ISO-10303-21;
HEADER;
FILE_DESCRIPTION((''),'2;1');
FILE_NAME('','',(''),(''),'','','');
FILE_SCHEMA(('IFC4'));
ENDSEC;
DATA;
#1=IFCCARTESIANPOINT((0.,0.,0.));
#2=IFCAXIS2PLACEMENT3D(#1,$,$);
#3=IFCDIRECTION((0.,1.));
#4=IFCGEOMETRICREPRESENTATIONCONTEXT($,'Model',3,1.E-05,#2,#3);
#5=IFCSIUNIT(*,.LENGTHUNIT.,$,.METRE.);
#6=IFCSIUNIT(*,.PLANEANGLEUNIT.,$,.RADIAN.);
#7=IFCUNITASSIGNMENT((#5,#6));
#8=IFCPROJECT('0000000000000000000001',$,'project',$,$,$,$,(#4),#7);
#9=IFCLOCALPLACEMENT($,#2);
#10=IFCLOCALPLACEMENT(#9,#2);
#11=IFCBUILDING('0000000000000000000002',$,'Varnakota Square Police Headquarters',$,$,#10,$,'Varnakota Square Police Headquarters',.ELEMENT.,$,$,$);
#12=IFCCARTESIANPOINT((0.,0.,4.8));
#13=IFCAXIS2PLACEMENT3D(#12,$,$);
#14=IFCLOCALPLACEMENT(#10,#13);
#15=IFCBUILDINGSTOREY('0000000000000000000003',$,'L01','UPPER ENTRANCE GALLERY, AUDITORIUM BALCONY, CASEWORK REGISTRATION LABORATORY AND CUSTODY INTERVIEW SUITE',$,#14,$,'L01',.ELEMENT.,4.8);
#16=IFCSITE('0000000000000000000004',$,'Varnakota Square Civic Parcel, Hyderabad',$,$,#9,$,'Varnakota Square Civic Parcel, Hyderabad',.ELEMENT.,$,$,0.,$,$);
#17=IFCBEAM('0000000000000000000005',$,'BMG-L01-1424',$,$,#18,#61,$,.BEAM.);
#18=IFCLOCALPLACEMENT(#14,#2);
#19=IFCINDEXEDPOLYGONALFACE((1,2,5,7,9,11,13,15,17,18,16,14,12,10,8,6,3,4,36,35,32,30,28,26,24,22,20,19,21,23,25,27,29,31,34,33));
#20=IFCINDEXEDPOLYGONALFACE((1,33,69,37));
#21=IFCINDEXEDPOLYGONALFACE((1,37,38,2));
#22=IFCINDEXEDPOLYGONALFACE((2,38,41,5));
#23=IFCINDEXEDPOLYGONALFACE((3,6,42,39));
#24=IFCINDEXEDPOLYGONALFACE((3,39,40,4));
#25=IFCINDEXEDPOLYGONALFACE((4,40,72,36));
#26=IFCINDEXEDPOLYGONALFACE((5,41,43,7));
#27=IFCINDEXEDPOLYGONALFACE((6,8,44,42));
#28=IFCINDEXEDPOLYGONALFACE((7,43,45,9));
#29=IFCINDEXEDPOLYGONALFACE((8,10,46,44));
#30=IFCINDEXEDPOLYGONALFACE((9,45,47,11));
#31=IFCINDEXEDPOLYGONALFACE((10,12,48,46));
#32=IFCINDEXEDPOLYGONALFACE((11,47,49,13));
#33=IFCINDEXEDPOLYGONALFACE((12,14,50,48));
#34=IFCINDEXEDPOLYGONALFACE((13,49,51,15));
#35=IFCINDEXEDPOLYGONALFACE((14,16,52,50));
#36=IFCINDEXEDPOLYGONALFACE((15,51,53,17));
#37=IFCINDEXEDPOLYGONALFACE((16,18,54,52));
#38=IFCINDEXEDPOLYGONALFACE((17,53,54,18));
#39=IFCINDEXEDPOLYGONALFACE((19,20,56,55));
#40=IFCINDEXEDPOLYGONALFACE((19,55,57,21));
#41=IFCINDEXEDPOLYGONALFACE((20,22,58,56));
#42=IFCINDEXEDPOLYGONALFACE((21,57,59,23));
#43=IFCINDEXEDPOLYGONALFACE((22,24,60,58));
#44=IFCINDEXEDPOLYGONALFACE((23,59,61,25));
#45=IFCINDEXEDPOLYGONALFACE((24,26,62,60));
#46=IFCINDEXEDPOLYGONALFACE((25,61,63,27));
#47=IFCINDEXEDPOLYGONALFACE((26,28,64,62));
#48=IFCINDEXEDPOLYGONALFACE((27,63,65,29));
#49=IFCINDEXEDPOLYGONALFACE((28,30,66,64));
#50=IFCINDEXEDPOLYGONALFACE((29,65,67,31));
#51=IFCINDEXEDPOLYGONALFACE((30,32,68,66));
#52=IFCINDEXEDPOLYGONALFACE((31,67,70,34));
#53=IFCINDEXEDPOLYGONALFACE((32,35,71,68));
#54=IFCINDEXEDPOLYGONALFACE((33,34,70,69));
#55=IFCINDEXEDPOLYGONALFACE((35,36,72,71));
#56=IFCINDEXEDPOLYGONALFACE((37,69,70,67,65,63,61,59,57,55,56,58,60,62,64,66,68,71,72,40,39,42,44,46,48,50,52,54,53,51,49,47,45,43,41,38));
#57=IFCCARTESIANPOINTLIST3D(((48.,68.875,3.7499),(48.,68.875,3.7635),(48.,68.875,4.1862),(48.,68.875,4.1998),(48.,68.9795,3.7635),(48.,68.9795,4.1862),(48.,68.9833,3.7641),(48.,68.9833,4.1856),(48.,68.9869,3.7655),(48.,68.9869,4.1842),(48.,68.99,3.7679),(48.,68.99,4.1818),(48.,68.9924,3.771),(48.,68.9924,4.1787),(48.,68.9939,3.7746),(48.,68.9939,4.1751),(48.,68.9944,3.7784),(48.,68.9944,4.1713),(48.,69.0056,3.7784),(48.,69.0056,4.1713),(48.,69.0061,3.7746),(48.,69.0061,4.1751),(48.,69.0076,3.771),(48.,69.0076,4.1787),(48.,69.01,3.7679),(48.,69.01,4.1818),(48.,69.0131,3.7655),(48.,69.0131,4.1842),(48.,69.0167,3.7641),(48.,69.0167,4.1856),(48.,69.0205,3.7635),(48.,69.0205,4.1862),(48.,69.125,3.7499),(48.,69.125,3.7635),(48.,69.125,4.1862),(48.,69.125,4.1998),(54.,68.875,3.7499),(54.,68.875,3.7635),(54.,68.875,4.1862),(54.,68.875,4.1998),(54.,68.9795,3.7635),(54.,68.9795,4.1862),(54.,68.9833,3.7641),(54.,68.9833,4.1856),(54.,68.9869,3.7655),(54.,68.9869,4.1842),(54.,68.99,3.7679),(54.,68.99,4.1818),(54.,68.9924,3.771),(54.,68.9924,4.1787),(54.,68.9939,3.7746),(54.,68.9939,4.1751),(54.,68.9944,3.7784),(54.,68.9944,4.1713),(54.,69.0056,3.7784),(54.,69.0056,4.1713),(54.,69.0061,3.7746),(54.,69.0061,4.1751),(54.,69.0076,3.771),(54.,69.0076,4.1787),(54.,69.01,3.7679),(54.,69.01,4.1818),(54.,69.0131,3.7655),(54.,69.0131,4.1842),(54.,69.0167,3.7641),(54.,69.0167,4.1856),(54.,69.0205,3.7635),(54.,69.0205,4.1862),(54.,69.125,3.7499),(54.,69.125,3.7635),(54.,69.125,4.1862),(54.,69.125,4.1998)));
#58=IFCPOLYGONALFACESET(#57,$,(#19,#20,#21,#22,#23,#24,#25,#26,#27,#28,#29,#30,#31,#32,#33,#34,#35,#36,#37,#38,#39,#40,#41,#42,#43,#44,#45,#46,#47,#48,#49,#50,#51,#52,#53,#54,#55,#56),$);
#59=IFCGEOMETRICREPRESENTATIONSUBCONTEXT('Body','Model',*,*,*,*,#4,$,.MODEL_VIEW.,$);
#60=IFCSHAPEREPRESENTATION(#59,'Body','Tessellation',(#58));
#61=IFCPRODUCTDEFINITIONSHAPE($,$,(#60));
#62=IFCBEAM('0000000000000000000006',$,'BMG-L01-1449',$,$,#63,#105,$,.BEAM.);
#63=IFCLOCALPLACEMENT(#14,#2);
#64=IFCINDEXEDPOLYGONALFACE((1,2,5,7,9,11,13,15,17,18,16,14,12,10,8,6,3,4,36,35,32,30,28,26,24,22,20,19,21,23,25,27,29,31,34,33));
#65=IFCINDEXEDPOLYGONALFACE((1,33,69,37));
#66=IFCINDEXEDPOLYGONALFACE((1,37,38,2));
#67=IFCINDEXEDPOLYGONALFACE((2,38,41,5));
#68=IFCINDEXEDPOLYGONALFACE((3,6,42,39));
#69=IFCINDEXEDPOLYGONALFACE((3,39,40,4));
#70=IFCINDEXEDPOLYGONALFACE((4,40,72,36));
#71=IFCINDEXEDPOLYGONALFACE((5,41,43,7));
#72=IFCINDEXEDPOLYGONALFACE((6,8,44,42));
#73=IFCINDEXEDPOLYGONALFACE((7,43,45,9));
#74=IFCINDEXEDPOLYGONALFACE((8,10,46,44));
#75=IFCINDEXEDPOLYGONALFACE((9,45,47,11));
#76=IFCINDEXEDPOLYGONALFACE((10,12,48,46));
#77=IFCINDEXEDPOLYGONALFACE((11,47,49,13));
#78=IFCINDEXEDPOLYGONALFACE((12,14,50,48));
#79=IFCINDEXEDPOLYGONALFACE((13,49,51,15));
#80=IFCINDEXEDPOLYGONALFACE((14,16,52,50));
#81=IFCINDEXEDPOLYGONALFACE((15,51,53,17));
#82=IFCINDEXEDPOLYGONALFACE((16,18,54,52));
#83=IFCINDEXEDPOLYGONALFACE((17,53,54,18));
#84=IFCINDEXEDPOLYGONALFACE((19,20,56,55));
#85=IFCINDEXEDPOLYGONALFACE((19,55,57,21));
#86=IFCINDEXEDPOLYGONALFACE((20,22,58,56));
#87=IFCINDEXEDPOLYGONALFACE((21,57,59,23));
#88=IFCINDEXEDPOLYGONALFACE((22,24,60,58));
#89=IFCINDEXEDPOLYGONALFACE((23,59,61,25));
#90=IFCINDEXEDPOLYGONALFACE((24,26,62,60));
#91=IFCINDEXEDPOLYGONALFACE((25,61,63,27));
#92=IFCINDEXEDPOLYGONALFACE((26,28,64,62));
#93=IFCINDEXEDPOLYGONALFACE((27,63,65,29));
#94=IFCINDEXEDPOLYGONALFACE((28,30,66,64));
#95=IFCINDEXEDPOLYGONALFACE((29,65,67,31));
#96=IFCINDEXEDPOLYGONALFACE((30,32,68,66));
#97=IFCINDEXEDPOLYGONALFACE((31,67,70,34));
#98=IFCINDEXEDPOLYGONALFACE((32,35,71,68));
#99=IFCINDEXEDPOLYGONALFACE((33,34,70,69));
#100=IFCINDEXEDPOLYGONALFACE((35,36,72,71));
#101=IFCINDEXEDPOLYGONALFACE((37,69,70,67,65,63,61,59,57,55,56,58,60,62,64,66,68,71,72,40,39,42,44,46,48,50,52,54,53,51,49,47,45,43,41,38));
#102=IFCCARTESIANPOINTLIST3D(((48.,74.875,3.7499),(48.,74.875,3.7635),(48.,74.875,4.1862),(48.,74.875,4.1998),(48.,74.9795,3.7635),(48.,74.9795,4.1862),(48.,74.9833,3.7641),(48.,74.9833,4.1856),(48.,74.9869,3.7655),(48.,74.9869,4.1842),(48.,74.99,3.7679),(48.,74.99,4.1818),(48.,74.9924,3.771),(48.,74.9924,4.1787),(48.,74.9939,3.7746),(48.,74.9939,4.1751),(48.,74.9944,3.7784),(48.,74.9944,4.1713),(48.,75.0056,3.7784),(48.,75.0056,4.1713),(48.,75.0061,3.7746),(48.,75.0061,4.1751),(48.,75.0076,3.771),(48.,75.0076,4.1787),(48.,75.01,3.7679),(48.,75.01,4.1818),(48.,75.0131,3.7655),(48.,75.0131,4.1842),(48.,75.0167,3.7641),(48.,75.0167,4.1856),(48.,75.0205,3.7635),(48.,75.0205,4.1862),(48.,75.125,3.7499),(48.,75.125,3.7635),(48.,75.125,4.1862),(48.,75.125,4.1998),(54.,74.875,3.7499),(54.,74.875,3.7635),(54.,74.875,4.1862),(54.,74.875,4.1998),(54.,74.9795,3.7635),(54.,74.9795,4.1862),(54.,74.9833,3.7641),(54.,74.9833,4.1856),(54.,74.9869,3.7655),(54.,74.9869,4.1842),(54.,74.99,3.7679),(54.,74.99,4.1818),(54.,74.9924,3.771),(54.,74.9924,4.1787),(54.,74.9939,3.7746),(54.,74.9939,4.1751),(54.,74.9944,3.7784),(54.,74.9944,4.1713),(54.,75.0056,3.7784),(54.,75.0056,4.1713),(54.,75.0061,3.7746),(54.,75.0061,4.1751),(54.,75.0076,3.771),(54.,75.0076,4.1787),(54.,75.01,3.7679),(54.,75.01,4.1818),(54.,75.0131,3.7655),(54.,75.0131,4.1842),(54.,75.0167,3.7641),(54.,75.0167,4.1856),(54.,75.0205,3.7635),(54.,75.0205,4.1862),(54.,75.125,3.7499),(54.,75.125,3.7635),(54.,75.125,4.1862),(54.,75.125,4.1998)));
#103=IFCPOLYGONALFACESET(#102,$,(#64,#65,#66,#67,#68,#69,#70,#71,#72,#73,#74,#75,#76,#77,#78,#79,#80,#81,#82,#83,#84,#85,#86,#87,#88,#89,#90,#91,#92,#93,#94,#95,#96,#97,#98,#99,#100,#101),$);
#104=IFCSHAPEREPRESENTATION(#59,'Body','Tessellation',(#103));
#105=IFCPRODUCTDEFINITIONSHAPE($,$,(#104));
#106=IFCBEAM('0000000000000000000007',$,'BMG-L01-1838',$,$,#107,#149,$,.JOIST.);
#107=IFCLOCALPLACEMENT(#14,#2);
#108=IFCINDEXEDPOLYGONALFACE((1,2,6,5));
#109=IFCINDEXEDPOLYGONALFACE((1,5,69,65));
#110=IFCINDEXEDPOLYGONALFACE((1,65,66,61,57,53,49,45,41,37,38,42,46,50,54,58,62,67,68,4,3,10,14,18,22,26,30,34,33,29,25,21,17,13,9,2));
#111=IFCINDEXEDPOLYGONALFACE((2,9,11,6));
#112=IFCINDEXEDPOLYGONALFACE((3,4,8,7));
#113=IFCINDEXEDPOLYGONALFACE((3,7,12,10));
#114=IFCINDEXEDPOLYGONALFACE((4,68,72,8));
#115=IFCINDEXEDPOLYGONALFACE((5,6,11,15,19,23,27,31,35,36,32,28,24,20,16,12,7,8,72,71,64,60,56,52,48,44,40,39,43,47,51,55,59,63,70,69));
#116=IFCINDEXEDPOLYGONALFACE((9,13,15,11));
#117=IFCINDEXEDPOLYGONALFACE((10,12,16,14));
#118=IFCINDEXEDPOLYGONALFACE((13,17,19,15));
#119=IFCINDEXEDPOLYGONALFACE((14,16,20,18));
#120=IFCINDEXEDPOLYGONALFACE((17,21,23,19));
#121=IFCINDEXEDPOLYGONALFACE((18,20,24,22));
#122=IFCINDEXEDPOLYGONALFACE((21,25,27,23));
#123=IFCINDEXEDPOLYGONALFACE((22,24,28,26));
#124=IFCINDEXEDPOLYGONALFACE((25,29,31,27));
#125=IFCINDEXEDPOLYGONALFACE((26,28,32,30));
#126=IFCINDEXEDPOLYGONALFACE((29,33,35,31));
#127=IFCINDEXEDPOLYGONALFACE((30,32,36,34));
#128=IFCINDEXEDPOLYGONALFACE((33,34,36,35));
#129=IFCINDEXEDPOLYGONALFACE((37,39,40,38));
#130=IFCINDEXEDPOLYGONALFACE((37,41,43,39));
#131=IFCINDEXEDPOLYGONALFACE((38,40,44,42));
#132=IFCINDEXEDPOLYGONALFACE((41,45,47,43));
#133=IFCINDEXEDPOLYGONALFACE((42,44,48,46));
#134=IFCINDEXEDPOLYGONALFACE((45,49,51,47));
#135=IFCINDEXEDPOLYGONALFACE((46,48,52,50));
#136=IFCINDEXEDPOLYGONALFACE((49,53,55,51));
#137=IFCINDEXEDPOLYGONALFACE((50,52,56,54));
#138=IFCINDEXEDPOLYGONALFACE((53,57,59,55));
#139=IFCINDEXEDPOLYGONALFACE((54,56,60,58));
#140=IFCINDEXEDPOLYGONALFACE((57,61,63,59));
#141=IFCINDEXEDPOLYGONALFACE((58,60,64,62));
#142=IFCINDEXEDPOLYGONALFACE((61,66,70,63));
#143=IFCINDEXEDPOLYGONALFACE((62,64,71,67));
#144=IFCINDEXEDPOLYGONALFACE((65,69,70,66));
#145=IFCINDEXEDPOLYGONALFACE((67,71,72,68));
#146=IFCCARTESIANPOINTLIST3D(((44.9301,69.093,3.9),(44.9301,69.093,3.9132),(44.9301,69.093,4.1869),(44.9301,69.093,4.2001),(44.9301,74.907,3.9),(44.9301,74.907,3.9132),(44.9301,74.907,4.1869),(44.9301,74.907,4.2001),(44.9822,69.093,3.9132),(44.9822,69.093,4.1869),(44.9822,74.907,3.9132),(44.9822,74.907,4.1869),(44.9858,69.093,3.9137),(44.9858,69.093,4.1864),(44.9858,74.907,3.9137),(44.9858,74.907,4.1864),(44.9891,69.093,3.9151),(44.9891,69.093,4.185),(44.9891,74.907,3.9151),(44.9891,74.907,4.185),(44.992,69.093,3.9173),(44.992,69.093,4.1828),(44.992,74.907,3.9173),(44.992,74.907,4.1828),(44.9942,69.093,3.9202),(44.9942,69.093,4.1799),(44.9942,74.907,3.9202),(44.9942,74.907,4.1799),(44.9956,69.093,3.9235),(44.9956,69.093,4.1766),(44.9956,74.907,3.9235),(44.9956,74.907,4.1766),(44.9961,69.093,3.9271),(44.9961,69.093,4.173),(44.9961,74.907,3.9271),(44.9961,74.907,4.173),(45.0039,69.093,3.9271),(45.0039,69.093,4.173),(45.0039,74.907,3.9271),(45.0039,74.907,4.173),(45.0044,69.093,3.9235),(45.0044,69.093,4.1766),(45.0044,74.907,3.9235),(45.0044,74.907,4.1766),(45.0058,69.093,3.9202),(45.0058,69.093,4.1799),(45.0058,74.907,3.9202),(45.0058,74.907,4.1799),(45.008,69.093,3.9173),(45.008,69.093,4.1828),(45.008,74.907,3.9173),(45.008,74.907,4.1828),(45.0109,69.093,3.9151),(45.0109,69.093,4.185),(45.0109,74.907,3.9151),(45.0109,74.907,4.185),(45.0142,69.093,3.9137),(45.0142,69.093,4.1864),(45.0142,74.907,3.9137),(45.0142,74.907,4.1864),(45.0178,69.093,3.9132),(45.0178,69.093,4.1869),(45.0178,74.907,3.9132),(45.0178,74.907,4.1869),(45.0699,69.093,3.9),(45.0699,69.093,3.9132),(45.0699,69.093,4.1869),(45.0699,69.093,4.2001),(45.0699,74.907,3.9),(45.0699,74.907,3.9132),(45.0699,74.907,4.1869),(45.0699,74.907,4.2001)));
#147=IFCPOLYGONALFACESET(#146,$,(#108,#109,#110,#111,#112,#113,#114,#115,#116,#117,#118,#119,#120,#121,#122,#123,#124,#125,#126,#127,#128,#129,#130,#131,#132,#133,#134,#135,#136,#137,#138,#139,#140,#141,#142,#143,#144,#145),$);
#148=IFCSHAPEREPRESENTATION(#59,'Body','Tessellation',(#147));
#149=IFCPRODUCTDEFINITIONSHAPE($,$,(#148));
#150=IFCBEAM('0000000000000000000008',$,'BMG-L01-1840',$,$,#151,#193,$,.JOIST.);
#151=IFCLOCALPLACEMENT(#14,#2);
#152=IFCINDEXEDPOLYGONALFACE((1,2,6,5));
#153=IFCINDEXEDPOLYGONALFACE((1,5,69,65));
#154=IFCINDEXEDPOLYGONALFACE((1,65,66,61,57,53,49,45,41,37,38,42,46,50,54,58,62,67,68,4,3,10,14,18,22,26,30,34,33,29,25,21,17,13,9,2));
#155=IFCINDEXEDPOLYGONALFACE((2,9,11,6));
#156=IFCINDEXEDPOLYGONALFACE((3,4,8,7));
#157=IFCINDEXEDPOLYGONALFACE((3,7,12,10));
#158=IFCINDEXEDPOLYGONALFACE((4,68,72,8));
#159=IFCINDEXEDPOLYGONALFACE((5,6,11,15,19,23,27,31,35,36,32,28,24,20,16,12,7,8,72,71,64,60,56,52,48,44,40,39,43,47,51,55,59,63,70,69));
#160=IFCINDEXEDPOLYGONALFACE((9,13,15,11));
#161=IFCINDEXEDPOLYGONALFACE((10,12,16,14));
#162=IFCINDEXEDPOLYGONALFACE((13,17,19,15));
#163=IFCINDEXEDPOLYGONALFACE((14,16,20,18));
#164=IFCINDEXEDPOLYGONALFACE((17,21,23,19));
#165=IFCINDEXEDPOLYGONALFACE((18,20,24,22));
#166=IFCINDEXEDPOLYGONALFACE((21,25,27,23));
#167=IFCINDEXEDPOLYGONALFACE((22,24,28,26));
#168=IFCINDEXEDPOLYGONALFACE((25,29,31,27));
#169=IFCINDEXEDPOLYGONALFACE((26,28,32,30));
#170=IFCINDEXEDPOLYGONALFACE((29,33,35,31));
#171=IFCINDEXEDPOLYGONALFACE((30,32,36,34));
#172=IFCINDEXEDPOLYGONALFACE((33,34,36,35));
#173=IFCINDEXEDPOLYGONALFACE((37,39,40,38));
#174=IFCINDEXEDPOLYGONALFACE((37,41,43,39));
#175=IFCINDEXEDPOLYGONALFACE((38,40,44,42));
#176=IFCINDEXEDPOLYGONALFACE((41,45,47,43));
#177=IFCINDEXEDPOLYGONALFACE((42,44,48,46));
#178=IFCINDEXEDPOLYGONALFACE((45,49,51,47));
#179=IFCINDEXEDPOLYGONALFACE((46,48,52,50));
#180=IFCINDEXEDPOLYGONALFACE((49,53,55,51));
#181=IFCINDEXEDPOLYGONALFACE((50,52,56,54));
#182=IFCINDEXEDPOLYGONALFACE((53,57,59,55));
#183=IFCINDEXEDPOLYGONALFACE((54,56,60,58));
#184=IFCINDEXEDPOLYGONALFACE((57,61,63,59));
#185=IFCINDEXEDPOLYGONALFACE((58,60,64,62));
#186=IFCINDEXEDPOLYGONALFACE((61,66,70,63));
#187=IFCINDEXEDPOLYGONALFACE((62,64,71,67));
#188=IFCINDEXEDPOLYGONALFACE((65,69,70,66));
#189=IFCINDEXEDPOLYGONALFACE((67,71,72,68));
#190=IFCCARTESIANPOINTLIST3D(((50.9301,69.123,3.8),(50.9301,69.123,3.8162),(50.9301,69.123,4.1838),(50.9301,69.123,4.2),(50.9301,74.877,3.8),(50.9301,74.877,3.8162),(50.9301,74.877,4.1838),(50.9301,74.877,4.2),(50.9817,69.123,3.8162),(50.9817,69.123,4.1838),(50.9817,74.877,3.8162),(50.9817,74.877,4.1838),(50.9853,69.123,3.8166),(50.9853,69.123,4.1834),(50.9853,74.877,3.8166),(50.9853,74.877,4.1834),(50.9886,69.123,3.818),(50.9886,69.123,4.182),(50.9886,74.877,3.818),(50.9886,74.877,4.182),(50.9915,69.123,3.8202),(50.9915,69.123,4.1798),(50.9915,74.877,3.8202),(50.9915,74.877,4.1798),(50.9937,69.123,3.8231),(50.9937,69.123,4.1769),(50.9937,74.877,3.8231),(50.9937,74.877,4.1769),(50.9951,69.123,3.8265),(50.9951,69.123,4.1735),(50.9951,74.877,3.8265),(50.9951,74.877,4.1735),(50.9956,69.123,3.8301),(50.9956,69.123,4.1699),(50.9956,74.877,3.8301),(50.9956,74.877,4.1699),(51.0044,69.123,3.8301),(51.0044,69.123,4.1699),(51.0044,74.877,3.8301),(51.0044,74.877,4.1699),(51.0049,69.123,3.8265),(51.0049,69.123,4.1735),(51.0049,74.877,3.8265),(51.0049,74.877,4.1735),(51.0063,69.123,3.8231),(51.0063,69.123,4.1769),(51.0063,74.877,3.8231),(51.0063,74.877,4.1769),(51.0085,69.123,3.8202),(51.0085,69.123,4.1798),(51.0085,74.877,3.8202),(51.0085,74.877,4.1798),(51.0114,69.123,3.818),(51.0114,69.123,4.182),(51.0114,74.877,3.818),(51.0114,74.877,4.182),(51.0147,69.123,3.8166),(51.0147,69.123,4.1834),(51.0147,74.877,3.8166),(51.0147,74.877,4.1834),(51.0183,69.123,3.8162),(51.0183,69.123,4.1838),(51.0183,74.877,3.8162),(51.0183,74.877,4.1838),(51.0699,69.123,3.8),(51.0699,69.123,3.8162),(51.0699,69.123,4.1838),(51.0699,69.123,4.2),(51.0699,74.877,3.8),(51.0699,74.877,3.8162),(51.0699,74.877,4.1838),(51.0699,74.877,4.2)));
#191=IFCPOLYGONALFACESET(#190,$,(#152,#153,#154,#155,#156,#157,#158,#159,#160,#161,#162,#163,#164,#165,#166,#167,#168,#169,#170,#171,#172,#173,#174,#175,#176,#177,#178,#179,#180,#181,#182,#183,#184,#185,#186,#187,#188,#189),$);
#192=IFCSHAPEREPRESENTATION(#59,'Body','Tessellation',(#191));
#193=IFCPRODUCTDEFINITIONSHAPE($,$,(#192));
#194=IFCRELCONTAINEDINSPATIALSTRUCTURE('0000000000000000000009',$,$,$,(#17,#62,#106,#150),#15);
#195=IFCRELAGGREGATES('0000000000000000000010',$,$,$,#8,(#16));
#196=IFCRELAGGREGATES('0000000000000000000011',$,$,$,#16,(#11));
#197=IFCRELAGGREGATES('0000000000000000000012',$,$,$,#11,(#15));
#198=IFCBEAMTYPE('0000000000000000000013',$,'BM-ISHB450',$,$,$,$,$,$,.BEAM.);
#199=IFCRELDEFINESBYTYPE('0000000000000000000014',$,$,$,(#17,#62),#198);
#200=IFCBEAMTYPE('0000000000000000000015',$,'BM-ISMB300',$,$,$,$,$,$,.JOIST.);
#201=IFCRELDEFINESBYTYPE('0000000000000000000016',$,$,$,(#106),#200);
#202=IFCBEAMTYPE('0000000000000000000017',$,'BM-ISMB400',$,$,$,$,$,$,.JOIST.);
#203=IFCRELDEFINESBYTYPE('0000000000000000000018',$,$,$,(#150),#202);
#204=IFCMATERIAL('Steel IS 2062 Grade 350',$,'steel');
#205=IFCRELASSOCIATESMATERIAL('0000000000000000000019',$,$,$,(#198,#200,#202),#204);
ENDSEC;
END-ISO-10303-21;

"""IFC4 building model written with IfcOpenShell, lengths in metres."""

from ifc_helpers import new_model, si_unit, direction, frame, origin, origin_2d, place, context, subcontext, project, spatial, i_section, extrude, material, material_profile, profile_set, type_object, element, save


model = new_model("IFC4")

# Units and contexts
model_context = context("Model", 3, precision=1e-05, world=origin(), true_north=direction((0.0, 1.0)))
body_context = subcontext(model_context, "Body", "Model", "MODEL_VIEW")
ifc_project = project(units=[si_unit("LENGTHUNIT", "METRE"), si_unit("PLANEANGLEUNIT", "RADIAN")], contexts=[model_context])

# Site, building, storey
site_placement = place(None, origin())
site = spatial("IfcSite", under=ifc_project, at=site_placement, Name="Varnakota Square Civic Parcel, Hyderabad", LongName="Varnakota Square Civic Parcel, Hyderabad", CompositionType="ELEMENT", RefElevation=0.0)
building_placement = place(site_placement, origin())
building = spatial("IfcBuilding", under=site, at=building_placement, Name="Varnakota Square Police Headquarters", LongName="Varnakota Square Police Headquarters", CompositionType="ELEMENT")
storey_placement = place(building_placement, frame((0.0, 0.0, 4.8)))
storey = spatial("IfcBuildingStorey", under=building, at=storey_placement, Name="L01", Description="UPPER ENTRANCE GALLERY, AUDITORIUM BALCONY, CASEWORK REGISTRATION LABORATORY AND CUSTODY INTERVIEW SUITE", LongName="L01", CompositionType="ELEMENT", Elevation=4.8)

# Shared definitions
ifc_material_1 = material(Name="Steel IS 2062 Grade 350", Category="steel")

# Beams
ifc_material_profile_1 = material_profile(ifc_material_1, i_section(OverallWidth=0.25, OverallDepth=0.45, WebThickness=0.0112, FlangeThickness=0.0137, FilletRadius=0.0149, at=origin_2d()), Name="ISHB 450")
ifc_profile_set_1 = profile_set([ifc_material_profile_1], Name="Steel IS 2062 Grade 350")
beam_type_1 = type_object("IfcBeamType", Name="BM-ISHB450", PredefinedType="BEAM", material=ifc_profile_set_1)
for number, where, z_axis, x_axis, name in (
    (1, (48.0, 69.0, 3.9749), (1.0, 0.0, 0.0), (0.0, 1.0, 0.0), "BMG-L01-1424"),
    (2, (48.0, 75.0, 3.9749), (1.0, 0.0, 0.0), (0.0, 1.0, 0.0), "BMG-L01-1449"),
):
    element("IfcBeam", number, at=place(storey_placement, frame(where, z_axis=z_axis, x_axis=x_axis)), inside=storey, type_object=beam_type_1, Name=name, PredefinedType="BEAM", context=body_context, shape_type="SweptSolid", body=[
        extrude(i_section(OverallWidth=0.25, OverallDepth=0.45, WebThickness=0.0112, FlangeThickness=0.0137, FilletRadius=0.0149, at=origin_2d()), origin(), (0.0, 0.0, 1.0), 6.0),
    ])
ifc_material_profile_2 = material_profile(ifc_material_1, i_section(OverallWidth=0.1399, OverallDepth=0.3, WebThickness=0.0078, FlangeThickness=0.0132, FilletRadius=0.0139, at=origin_2d()), Name="ISMB 300")
ifc_profile_set_2 = profile_set([ifc_material_profile_2], Name="Steel IS 2062 Grade 350")
beam_type_2 = type_object("IfcBeamType", Name="BM-ISMB300", PredefinedType="JOIST", material=ifc_profile_set_2)
beam_1_placement = place(storey_placement, frame((45.0, 69.093, 4.05), z_axis=(0.0, 1.0, 0.0), x_axis=(-1.0, 0.0, 0.0)))
element("IfcBeam", 3, at=beam_1_placement, inside=storey, type_object=beam_type_2, Name="BMG-L01-1838", PredefinedType="JOIST", context=body_context, shape_type="SweptSolid", body=[
    extrude(i_section(OverallWidth=0.1399, OverallDepth=0.3, WebThickness=0.0078, FlangeThickness=0.0132, FilletRadius=0.0139, at=origin_2d()), origin(), (0.0, 0.0, 1.0), 5.814),
])
ifc_material_profile_3 = material_profile(ifc_material_1, i_section(OverallWidth=0.1399, OverallDepth=0.3999, WebThickness=0.0088, FlangeThickness=0.0161, FilletRadius=0.0139, at=origin_2d()), Name="ISMB 400")
ifc_profile_set_3 = profile_set([ifc_material_profile_3], Name="Steel IS 2062 Grade 350")
beam_type_3 = type_object("IfcBeamType", Name="BM-ISMB400", PredefinedType="JOIST", material=ifc_profile_set_3)
beam_2_placement = place(storey_placement, frame((51.0, 69.123, 4.0), z_axis=(0.0, 1.0, 0.0), x_axis=(-1.0, 0.0, 0.0)))
element("IfcBeam", 4, at=beam_2_placement, inside=storey, type_object=beam_type_3, Name="BMG-L01-1840", PredefinedType="JOIST", context=body_context, shape_type="SweptSolid", body=[
    extrude(i_section(OverallWidth=0.1399, OverallDepth=0.3999, WebThickness=0.0088, FlangeThickness=0.0161, FilletRadius=0.0139, at=origin_2d()), origin(), (0.0, 0.0, 1.0), 5.7539),
])

save(model, "model.ifc")
